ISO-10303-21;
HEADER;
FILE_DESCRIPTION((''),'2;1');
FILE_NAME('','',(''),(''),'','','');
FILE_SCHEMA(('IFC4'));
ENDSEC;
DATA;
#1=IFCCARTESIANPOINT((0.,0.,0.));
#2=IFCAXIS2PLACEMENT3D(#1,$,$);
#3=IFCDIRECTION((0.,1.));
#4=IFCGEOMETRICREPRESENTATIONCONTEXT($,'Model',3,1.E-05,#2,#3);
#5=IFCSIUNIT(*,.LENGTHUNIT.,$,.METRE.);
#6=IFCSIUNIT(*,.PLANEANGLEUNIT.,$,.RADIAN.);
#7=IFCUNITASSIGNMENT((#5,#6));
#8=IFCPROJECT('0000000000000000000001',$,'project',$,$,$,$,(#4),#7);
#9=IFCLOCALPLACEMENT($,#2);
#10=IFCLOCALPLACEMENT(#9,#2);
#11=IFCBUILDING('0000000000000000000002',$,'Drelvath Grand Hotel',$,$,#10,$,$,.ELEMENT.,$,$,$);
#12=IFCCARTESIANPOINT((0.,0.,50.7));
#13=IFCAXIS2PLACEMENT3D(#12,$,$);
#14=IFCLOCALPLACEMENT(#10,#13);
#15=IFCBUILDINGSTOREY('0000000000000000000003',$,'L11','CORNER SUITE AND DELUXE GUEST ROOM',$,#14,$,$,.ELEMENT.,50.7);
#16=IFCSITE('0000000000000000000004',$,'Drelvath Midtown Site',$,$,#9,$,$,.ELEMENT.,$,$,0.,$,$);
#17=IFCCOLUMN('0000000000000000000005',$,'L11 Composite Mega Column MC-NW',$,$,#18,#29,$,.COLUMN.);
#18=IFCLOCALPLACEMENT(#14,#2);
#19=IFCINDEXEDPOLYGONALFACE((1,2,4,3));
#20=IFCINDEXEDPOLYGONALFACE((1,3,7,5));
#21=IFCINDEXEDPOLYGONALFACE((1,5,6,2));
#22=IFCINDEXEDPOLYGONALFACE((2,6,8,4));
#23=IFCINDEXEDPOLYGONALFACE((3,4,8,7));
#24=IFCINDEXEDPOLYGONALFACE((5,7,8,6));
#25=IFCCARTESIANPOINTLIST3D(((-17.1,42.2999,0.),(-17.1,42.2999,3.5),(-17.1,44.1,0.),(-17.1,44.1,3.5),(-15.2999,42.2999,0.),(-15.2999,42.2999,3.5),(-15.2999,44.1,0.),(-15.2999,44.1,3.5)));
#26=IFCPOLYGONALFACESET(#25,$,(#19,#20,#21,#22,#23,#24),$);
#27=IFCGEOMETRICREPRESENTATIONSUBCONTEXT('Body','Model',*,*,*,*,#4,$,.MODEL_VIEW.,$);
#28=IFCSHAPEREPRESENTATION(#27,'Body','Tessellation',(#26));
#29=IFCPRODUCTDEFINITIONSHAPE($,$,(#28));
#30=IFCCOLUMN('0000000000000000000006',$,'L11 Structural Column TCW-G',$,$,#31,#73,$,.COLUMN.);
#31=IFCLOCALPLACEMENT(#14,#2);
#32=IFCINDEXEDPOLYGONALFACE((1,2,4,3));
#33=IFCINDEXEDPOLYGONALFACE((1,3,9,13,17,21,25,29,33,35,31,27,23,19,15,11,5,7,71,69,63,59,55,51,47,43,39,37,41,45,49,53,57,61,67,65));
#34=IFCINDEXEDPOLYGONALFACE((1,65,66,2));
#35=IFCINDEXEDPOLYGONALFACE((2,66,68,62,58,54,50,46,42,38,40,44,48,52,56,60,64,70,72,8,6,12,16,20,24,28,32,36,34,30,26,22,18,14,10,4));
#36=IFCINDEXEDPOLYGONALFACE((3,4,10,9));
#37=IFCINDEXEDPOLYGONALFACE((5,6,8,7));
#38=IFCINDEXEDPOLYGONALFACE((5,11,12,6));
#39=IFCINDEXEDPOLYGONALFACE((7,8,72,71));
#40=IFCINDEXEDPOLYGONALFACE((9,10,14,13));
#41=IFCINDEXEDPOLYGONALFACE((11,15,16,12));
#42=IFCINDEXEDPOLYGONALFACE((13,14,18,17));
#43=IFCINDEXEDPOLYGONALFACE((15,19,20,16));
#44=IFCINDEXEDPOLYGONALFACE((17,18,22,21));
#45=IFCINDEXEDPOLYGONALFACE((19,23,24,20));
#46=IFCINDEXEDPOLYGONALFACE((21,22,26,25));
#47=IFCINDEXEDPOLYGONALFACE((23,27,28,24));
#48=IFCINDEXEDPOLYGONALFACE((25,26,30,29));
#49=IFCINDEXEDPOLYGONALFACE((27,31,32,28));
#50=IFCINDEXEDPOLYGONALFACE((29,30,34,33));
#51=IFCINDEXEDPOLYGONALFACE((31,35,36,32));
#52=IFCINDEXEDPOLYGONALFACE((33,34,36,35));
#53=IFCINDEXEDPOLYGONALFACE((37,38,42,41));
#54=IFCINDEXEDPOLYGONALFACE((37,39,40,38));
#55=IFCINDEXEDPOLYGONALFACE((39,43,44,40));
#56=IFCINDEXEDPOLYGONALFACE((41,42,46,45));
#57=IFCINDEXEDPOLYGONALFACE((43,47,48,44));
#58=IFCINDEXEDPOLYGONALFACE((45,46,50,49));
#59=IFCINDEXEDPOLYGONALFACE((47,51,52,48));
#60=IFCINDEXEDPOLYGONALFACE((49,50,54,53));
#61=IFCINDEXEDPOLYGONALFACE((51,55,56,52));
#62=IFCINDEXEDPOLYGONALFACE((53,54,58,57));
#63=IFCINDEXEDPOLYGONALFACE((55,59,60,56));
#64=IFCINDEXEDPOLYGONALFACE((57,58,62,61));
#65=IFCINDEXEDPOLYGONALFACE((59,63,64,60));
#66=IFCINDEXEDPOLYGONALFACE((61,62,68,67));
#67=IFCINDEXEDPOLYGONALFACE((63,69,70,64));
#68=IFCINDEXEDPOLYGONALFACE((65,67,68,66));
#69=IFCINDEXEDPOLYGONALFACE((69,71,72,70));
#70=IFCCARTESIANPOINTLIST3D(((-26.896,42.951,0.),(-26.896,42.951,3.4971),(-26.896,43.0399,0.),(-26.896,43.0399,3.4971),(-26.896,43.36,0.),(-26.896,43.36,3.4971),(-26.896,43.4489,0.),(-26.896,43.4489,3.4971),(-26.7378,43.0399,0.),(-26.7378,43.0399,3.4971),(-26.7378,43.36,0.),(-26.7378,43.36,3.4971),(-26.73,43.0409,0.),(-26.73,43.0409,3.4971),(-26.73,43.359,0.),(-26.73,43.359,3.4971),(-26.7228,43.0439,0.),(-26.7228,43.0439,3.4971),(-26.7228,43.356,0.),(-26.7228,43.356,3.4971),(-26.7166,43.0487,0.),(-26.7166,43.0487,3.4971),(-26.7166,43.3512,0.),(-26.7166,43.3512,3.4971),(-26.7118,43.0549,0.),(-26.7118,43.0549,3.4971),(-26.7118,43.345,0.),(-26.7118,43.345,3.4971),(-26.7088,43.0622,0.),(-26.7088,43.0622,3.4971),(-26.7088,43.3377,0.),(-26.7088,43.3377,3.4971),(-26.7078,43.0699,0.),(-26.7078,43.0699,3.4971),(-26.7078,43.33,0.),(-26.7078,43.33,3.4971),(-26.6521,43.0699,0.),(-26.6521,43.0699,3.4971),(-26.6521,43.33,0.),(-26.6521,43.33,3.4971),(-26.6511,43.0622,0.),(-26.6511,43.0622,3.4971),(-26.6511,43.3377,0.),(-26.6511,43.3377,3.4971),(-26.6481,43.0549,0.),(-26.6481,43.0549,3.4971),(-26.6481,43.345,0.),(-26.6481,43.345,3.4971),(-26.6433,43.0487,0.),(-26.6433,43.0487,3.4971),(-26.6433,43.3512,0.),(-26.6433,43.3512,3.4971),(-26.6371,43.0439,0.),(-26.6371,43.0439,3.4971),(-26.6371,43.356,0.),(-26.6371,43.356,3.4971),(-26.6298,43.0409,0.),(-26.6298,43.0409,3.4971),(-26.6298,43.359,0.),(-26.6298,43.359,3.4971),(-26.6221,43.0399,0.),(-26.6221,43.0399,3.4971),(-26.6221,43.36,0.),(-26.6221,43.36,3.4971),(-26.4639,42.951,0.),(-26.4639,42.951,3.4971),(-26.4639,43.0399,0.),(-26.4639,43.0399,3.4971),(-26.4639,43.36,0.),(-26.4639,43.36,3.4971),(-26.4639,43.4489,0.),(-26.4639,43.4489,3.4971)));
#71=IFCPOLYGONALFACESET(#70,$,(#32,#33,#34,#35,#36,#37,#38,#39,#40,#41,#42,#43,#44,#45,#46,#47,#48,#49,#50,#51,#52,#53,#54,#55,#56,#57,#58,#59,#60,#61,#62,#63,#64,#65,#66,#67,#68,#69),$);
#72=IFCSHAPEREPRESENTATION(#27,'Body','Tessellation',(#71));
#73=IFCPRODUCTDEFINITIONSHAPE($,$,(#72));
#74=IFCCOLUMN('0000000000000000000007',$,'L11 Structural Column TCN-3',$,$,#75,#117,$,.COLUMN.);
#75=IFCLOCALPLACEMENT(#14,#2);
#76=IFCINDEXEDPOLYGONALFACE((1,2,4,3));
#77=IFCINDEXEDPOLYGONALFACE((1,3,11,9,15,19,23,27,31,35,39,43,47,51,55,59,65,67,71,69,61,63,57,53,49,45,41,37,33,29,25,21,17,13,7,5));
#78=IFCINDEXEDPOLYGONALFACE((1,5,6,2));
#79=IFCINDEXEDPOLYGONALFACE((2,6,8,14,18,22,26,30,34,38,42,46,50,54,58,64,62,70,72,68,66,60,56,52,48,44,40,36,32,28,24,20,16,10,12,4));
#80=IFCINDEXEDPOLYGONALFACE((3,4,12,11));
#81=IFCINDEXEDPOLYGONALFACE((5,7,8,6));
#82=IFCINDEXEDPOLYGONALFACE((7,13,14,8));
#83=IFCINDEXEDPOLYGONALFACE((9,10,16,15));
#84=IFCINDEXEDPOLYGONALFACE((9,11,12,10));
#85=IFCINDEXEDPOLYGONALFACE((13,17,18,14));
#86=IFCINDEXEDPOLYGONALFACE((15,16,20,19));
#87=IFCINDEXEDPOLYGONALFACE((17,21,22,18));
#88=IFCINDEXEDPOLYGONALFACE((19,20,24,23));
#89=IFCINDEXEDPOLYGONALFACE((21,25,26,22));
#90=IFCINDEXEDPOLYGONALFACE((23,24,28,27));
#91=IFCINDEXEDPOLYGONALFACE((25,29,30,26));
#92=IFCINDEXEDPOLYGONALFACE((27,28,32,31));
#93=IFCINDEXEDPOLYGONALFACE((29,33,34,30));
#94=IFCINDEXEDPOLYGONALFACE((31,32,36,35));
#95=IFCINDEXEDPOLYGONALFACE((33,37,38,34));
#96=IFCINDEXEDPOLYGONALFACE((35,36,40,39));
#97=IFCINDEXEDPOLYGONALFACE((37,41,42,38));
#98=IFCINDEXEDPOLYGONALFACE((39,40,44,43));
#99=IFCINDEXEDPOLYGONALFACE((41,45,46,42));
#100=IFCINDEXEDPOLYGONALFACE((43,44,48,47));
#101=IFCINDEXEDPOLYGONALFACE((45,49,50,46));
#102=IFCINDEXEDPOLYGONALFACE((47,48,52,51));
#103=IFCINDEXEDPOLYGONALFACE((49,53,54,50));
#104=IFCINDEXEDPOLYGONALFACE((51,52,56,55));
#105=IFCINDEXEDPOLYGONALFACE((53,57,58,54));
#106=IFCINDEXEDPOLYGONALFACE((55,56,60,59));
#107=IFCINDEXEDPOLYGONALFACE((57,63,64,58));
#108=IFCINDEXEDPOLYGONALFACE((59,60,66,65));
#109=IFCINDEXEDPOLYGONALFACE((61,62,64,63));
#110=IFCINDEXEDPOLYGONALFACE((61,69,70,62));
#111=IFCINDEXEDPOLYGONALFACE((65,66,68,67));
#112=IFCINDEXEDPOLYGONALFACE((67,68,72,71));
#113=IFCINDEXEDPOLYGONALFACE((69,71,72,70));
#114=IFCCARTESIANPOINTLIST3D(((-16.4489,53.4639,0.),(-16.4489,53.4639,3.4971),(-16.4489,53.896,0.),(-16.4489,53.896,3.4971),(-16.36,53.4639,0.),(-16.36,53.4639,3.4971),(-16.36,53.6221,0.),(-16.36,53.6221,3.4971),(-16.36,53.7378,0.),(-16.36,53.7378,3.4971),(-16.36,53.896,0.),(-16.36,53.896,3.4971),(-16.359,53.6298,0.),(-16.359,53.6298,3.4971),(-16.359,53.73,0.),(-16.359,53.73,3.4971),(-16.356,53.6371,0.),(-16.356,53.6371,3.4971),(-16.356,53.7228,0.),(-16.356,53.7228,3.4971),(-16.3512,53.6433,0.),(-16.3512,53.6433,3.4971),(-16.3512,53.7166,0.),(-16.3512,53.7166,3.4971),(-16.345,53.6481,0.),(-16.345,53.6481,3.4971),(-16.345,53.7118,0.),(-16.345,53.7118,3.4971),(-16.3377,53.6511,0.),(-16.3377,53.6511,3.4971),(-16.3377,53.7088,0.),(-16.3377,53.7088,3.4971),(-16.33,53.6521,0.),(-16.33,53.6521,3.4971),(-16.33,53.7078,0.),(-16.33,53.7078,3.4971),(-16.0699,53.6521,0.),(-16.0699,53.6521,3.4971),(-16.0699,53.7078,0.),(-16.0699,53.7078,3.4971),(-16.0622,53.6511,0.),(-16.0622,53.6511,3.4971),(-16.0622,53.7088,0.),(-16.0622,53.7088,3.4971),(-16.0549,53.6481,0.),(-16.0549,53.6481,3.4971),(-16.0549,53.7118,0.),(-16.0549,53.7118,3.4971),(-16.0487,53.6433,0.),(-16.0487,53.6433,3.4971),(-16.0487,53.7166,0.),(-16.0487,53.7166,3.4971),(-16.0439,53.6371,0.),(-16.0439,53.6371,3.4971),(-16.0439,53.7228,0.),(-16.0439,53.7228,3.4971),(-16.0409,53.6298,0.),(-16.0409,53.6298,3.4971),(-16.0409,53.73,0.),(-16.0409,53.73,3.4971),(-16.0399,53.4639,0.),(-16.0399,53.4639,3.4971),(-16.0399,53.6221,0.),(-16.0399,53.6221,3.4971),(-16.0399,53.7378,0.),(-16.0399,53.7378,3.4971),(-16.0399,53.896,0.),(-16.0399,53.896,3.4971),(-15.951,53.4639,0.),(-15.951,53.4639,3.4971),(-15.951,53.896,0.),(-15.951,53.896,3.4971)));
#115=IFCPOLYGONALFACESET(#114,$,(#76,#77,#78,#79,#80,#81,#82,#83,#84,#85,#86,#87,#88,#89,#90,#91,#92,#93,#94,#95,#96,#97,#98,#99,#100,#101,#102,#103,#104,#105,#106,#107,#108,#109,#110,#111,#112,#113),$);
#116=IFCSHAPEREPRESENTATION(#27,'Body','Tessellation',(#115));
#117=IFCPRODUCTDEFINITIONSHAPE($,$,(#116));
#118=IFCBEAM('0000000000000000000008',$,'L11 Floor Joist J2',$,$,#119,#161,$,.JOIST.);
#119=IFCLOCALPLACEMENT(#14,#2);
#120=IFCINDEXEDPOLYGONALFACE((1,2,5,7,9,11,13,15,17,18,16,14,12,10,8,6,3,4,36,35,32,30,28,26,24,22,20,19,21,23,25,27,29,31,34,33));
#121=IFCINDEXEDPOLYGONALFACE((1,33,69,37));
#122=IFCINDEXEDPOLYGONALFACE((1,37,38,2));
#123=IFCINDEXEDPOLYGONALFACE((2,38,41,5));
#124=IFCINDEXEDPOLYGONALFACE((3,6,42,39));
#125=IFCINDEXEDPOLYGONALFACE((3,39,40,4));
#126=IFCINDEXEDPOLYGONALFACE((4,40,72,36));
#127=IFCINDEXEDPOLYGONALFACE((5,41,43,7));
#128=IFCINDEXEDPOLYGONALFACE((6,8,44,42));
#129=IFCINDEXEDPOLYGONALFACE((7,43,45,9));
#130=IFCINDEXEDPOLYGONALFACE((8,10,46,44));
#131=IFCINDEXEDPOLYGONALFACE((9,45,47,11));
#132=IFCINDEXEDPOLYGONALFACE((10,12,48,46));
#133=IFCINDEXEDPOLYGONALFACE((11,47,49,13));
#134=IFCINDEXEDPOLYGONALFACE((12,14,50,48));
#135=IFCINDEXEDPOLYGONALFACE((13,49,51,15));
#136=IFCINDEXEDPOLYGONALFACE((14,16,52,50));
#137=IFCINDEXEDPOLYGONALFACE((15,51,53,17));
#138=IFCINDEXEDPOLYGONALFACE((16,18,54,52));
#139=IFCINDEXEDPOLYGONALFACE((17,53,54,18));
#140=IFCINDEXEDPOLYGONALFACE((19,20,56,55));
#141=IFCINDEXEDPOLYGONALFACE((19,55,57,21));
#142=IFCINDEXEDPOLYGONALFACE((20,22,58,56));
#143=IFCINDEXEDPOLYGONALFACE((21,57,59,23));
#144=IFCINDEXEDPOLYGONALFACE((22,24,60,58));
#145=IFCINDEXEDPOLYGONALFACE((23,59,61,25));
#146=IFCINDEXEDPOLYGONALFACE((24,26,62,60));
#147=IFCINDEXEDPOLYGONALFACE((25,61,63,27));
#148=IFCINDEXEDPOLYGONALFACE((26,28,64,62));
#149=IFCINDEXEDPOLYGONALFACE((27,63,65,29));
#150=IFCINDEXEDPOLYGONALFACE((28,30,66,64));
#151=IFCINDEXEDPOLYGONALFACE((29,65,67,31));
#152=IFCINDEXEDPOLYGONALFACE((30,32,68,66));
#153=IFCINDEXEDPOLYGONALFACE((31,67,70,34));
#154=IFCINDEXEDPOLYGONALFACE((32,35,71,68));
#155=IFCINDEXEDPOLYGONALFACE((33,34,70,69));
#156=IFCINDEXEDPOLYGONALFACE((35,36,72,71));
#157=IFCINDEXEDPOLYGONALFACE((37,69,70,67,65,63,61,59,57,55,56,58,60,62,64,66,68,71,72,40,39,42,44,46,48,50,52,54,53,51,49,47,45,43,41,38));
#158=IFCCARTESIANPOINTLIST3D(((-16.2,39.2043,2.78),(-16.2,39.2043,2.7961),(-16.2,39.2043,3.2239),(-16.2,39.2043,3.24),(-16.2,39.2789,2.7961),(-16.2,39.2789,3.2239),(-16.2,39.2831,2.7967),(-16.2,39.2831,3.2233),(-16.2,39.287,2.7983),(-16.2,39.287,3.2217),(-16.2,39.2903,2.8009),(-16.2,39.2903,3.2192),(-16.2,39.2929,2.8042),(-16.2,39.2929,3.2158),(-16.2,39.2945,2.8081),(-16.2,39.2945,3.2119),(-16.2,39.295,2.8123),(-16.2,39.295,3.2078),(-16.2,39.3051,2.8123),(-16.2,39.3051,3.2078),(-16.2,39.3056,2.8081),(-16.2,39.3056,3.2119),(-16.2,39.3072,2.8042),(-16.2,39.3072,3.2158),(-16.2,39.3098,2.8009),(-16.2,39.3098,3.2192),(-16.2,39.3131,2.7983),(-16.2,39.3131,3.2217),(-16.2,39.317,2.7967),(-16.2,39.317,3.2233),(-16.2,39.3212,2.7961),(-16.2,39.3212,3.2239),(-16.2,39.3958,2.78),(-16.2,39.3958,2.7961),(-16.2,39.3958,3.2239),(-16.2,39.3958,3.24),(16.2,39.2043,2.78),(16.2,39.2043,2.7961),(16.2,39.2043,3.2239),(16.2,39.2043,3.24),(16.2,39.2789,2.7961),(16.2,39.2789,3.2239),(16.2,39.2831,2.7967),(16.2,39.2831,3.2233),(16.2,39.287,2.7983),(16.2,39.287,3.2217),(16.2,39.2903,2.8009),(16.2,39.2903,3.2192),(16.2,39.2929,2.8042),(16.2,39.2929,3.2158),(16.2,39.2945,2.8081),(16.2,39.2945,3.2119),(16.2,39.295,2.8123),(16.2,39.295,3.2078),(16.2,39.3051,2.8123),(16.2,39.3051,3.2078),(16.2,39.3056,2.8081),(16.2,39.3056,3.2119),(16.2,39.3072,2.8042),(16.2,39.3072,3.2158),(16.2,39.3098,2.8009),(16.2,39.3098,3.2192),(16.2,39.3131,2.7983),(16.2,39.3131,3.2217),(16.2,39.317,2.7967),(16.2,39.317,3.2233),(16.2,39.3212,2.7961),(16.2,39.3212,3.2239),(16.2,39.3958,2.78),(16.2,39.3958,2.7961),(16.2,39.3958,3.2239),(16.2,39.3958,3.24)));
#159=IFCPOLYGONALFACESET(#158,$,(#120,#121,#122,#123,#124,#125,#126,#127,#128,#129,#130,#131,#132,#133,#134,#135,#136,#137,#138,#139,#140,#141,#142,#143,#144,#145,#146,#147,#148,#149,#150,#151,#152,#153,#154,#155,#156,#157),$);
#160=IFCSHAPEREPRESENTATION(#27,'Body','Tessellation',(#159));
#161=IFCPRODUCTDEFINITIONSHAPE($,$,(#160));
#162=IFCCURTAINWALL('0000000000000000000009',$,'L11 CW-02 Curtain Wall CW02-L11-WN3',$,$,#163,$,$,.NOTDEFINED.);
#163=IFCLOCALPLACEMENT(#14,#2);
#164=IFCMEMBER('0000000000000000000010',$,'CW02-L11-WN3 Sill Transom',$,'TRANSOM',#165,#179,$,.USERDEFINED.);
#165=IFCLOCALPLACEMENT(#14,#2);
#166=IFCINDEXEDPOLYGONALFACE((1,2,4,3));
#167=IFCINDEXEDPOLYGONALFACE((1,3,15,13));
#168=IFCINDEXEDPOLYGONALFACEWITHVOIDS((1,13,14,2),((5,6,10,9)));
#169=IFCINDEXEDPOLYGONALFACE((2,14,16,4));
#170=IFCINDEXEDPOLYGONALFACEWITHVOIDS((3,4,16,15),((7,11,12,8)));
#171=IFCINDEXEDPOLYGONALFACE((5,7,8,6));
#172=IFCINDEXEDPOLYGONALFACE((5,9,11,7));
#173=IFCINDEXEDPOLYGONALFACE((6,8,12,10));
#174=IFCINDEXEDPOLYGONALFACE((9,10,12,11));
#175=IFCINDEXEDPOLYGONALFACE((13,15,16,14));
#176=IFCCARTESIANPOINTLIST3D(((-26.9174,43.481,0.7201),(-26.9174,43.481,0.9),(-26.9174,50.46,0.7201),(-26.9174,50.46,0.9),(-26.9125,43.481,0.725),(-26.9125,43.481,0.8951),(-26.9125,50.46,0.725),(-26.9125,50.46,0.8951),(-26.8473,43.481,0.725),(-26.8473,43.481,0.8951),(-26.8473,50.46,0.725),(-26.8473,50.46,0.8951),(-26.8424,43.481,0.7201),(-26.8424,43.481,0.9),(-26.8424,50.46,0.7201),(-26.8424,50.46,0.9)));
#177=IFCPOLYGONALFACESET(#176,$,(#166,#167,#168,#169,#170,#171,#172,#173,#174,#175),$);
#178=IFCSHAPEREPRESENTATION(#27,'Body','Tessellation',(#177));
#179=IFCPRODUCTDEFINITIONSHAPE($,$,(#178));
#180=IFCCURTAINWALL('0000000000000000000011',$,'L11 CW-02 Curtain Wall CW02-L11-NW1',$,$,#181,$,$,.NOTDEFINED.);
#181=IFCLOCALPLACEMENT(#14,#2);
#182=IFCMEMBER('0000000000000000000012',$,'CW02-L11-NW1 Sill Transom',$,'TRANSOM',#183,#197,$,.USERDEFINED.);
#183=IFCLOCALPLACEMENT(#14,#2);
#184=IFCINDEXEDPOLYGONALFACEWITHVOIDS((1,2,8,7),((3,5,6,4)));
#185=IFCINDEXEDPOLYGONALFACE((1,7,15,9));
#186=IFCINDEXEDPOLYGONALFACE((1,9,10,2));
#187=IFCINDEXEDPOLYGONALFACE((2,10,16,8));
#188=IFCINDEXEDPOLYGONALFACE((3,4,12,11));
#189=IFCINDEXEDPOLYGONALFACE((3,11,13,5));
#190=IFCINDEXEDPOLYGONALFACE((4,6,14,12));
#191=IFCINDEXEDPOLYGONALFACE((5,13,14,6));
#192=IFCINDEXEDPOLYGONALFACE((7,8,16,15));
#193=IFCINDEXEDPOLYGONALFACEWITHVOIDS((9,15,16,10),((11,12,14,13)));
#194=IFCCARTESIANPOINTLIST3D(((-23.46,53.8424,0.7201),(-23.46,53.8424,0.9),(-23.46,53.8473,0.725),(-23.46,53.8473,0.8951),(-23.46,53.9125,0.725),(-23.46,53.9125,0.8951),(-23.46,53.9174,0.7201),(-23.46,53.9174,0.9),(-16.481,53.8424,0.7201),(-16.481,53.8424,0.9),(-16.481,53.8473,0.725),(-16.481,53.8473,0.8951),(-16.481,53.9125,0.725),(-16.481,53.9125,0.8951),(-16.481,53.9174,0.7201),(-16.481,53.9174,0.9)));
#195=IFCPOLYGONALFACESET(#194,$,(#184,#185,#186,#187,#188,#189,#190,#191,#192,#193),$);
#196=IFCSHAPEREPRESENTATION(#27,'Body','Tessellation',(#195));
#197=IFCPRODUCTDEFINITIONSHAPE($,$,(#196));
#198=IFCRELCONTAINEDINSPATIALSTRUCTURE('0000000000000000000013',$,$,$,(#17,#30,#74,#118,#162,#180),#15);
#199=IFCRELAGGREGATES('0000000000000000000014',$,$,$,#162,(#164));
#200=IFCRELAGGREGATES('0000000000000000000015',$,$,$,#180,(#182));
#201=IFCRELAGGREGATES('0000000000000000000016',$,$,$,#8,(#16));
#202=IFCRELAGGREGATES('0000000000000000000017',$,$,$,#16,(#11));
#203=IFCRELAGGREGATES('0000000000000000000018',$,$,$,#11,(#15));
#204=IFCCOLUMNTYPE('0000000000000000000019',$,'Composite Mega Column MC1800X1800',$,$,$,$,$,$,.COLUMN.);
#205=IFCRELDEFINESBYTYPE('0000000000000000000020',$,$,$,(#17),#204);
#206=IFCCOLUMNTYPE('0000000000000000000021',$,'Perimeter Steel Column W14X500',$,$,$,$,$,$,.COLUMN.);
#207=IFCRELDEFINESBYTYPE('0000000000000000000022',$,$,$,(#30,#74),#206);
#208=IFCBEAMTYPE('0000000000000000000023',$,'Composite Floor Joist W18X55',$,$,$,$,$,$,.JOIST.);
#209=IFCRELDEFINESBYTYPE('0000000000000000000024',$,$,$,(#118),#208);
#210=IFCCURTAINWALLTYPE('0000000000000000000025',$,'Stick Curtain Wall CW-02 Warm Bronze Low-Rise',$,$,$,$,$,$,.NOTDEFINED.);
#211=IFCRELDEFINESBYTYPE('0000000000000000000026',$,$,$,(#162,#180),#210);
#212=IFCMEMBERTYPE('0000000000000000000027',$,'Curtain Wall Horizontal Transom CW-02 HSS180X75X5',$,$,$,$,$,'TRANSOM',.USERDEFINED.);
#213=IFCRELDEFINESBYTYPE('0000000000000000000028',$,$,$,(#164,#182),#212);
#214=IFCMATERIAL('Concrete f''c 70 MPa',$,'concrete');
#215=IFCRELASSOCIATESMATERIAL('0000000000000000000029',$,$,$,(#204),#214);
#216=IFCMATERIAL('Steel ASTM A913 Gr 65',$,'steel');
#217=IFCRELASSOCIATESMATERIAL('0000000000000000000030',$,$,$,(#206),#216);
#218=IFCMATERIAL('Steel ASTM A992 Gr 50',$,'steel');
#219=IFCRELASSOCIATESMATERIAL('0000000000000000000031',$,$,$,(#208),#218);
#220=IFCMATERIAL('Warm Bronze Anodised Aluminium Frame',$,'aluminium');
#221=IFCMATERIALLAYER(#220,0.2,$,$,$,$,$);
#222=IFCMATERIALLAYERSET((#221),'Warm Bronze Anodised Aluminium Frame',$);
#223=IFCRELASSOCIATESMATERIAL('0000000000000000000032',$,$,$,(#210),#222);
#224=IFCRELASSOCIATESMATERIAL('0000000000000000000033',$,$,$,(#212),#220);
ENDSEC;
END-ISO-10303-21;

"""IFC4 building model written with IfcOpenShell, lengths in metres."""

from ifc_helpers import new_model, si_unit, direction, frame, origin, origin_2d, place, context, subcontext, project, spatial, rectangle, hollow_rectangle, i_section, extrude, material, layer, layer_set, material_profile, profile_set, type_object, element, aggregate, save


model = new_model("IFC4")

# Units and contexts
model_context = context("Model", 3, precision=1e-05, world=origin(), true_north=direction((0.0, 1.0)))
body_context = subcontext(model_context, "Body", "Model", "MODEL_VIEW")
ifc_project = project(units=[si_unit("LENGTHUNIT", "METRE"), si_unit("PLANEANGLEUNIT", "RADIAN")], contexts=[model_context])

# Site, building, storey
site_placement = place(None, origin())
site = spatial("IfcSite", under=ifc_project, at=site_placement, Name="Drelvath Midtown Site", CompositionType="ELEMENT", RefElevation=0.0)
building_placement = place(site_placement, origin())
building = spatial("IfcBuilding", under=site, at=building_placement, Name="Drelvath Grand Hotel", CompositionType="ELEMENT")
storey_placement = place(building_placement, frame((0.0, 0.0, 50.7)))
storey = spatial("IfcBuildingStorey", under=building, at=storey_placement, Name="L11", Description="CORNER SUITE AND DELUXE GUEST ROOM", CompositionType="ELEMENT", Elevation=50.7)

# Columns
ifc_material_1 = material(Name="Concrete f'c 70 MPa", Category="concrete")
ifc_material_profile_1 = material_profile(ifc_material_1, rectangle(XDim=1.8, YDim=1.8, at=origin_2d()), Name="MC1800X1800")
ifc_profile_set_1 = profile_set([ifc_material_profile_1], Name="Concrete f'c 70 MPa")
column_type_1 = type_object("IfcColumnType", Name="Composite Mega Column MC1800X1800", PredefinedType="COLUMN", material=ifc_profile_set_1)
column_placement = place(storey_placement, frame((-16.2, 43.2, 0.0), z_axis=(0.0, 0.0, 1.0), x_axis=(1.0, 0.0, 0.0)))
element("IfcColumn", 1, at=column_placement, inside=storey, type_object=column_type_1, Name="L11 Composite Mega Column MC-NW", PredefinedType="COLUMN", context=body_context, shape_type="SweptSolid", body=[
    extrude(rectangle(XDim=1.8, YDim=1.8, at=origin_2d()), origin(), (0.0, 0.0, 1.0), 3.5),
])
ifc_material_2 = material(Name="Steel ASTM A913 Gr 65", Category="steel")
ifc_material_profile_2 = material_profile(ifc_material_2, i_section(OverallWidth=0.4321, OverallDepth=0.4978, WebThickness=0.0557, FlangeThickness=0.0889, FilletRadius=0.03, at=origin_2d()), Name="W14X500")
ifc_profile_set_2 = profile_set([ifc_material_profile_2], Name="Steel ASTM A913 Gr 65")
column_type_2 = type_object("IfcColumnType", Name="Perimeter Steel Column W14X500", PredefinedType="COLUMN", material=ifc_profile_set_2)
for number, where, z_axis, x_axis, name in (
    (2, (-26.6799, 43.2, 0.0), (0.0, 0.0, 1.0), (1.0, 0.0, 0.0), "L11 Structural Column TCW-G"),
    (3, (-16.2, 53.6799, 0.0), (0.0, 0.0, 1.0), (0.0, 1.0, 0.0), "L11 Structural Column TCN-3"),
):
    element("IfcColumn", number, at=place(storey_placement, frame(where, z_axis=z_axis, x_axis=x_axis)), inside=storey, type_object=column_type_2, Name=name, PredefinedType="COLUMN", context=body_context, shape_type="SweptSolid", body=[
        extrude(i_section(OverallWidth=0.4321, OverallDepth=0.4978, WebThickness=0.0557, FlangeThickness=0.0889, FilletRadius=0.03, at=origin_2d()), origin(), (0.0, 0.0, 1.0), 3.4971),
    ])

# Beam
ifc_material_3 = material(Name="Steel ASTM A992 Gr 50", Category="steel")
ifc_material_profile_3 = material_profile(ifc_material_3, i_section(OverallWidth=0.1914, OverallDepth=0.46, WebThickness=0.01, FlangeThickness=0.0161, FilletRadius=0.0161, at=origin_2d()), Name="W18X55")
ifc_profile_set_3 = profile_set([ifc_material_profile_3], Name="Steel ASTM A992 Gr 50")
beam_type_1 = type_object("IfcBeamType", Name="Composite Floor Joist W18X55", PredefinedType="JOIST", material=ifc_profile_set_3)
beam_1_placement = place(storey_placement, frame((-16.2, 39.3, 3.01), z_axis=(1.0, 0.0, 0.0), x_axis=(0.0, 1.0, 0.0)))
element("IfcBeam", 4, at=beam_1_placement, inside=storey, type_object=beam_type_1, Name="L11 Floor Joist J2", PredefinedType="JOIST", context=body_context, shape_type="SweptSolid", body=[
    extrude(i_section(OverallWidth=0.1914, OverallDepth=0.46, WebThickness=0.01, FlangeThickness=0.0161, FilletRadius=0.0161, at=origin_2d()), origin(), (0.0, 0.0, 1.0), 32.3999),
])

# Curtain walls, members
ifc_material_4 = material(Name="Warm Bronze Anodised Aluminium Frame", Category="aluminium")
ifc_layer_1 = layer(ifc_material_4, 0.2)
ifc_layer_set_1 = layer_set([ifc_layer_1], Name="Warm Bronze Anodised Aluminium Frame")
curtain_wall_type = type_object("IfcCurtainWallType", Name="Stick Curtain Wall CW-02 Warm Bronze Low-Rise", PredefinedType="NOTDEFINED", material=ifc_layer_set_1)
curtain_wall_1_placement = place(storey_placement, origin())
curtain_wall_1 = element("IfcCurtainWall", 5, at=curtain_wall_1_placement, inside=storey, type_object=curtain_wall_type, Name="L11 CW-02 Curtain Wall CW02-L11-WN3", PredefinedType="NOTDEFINED")
ifc_material_profile_4 = material_profile(ifc_material_4, hollow_rectangle(XDim=0.075, YDim=0.1799, WallThickness=0.0049, at=origin_2d()), Name="HSS180X75X5")
ifc_profile_set_4 = profile_set([ifc_material_profile_4], Name="Warm Bronze Anodised Aluminium Frame")
member_type_1 = type_object("IfcMemberType", Name="Curtain Wall Horizontal Transom CW-02 HSS180X75X5", ElementType="TRANSOM", PredefinedType="USERDEFINED", material=ifc_profile_set_4)
member_1_placement = place(storey_placement, frame((-26.8799, 43.481, 0.8101), z_axis=(0.0, 1.0, 0.0), x_axis=(-1.0, 0.0, 0.0)))
member_1 = element("IfcMember", 6, at=member_1_placement, type_object=member_type_1, Name="CW02-L11-WN3 Sill Transom", ObjectType="TRANSOM", PredefinedType="USERDEFINED", context=body_context, shape_type="SweptSolid", body=[
    extrude(hollow_rectangle(XDim=0.075, YDim=0.1799, WallThickness=0.0049, at=origin_2d()), origin(), (0.0, 0.0, 1.0), 6.979),
])
curtain_wall_2_placement = place(storey_placement, origin())
curtain_wall_2 = element("IfcCurtainWall", 7, at=curtain_wall_2_placement, inside=storey, type_object=curtain_wall_type, Name="L11 CW-02 Curtain Wall CW02-L11-NW1", PredefinedType="NOTDEFINED")
member_2_placement = place(storey_placement, frame((-23.46, 53.8799, 0.8101), z_axis=(1.0, 0.0, 0.0), x_axis=(0.0, 1.0, 0.0)))
member_2 = element("IfcMember", 8, at=member_2_placement, type_object=member_type_1, Name="CW02-L11-NW1 Sill Transom", ObjectType="TRANSOM", PredefinedType="USERDEFINED", context=body_context, shape_type="SweptSolid", body=[
    extrude(hollow_rectangle(XDim=0.075, YDim=0.1799, WallThickness=0.0049, at=origin_2d()), origin(), (0.0, 0.0, 1.0), 6.979),
])

aggregate(curtain_wall_1, [member_1])
aggregate(curtain_wall_2, [member_2])

save(model, "model.ifc")
